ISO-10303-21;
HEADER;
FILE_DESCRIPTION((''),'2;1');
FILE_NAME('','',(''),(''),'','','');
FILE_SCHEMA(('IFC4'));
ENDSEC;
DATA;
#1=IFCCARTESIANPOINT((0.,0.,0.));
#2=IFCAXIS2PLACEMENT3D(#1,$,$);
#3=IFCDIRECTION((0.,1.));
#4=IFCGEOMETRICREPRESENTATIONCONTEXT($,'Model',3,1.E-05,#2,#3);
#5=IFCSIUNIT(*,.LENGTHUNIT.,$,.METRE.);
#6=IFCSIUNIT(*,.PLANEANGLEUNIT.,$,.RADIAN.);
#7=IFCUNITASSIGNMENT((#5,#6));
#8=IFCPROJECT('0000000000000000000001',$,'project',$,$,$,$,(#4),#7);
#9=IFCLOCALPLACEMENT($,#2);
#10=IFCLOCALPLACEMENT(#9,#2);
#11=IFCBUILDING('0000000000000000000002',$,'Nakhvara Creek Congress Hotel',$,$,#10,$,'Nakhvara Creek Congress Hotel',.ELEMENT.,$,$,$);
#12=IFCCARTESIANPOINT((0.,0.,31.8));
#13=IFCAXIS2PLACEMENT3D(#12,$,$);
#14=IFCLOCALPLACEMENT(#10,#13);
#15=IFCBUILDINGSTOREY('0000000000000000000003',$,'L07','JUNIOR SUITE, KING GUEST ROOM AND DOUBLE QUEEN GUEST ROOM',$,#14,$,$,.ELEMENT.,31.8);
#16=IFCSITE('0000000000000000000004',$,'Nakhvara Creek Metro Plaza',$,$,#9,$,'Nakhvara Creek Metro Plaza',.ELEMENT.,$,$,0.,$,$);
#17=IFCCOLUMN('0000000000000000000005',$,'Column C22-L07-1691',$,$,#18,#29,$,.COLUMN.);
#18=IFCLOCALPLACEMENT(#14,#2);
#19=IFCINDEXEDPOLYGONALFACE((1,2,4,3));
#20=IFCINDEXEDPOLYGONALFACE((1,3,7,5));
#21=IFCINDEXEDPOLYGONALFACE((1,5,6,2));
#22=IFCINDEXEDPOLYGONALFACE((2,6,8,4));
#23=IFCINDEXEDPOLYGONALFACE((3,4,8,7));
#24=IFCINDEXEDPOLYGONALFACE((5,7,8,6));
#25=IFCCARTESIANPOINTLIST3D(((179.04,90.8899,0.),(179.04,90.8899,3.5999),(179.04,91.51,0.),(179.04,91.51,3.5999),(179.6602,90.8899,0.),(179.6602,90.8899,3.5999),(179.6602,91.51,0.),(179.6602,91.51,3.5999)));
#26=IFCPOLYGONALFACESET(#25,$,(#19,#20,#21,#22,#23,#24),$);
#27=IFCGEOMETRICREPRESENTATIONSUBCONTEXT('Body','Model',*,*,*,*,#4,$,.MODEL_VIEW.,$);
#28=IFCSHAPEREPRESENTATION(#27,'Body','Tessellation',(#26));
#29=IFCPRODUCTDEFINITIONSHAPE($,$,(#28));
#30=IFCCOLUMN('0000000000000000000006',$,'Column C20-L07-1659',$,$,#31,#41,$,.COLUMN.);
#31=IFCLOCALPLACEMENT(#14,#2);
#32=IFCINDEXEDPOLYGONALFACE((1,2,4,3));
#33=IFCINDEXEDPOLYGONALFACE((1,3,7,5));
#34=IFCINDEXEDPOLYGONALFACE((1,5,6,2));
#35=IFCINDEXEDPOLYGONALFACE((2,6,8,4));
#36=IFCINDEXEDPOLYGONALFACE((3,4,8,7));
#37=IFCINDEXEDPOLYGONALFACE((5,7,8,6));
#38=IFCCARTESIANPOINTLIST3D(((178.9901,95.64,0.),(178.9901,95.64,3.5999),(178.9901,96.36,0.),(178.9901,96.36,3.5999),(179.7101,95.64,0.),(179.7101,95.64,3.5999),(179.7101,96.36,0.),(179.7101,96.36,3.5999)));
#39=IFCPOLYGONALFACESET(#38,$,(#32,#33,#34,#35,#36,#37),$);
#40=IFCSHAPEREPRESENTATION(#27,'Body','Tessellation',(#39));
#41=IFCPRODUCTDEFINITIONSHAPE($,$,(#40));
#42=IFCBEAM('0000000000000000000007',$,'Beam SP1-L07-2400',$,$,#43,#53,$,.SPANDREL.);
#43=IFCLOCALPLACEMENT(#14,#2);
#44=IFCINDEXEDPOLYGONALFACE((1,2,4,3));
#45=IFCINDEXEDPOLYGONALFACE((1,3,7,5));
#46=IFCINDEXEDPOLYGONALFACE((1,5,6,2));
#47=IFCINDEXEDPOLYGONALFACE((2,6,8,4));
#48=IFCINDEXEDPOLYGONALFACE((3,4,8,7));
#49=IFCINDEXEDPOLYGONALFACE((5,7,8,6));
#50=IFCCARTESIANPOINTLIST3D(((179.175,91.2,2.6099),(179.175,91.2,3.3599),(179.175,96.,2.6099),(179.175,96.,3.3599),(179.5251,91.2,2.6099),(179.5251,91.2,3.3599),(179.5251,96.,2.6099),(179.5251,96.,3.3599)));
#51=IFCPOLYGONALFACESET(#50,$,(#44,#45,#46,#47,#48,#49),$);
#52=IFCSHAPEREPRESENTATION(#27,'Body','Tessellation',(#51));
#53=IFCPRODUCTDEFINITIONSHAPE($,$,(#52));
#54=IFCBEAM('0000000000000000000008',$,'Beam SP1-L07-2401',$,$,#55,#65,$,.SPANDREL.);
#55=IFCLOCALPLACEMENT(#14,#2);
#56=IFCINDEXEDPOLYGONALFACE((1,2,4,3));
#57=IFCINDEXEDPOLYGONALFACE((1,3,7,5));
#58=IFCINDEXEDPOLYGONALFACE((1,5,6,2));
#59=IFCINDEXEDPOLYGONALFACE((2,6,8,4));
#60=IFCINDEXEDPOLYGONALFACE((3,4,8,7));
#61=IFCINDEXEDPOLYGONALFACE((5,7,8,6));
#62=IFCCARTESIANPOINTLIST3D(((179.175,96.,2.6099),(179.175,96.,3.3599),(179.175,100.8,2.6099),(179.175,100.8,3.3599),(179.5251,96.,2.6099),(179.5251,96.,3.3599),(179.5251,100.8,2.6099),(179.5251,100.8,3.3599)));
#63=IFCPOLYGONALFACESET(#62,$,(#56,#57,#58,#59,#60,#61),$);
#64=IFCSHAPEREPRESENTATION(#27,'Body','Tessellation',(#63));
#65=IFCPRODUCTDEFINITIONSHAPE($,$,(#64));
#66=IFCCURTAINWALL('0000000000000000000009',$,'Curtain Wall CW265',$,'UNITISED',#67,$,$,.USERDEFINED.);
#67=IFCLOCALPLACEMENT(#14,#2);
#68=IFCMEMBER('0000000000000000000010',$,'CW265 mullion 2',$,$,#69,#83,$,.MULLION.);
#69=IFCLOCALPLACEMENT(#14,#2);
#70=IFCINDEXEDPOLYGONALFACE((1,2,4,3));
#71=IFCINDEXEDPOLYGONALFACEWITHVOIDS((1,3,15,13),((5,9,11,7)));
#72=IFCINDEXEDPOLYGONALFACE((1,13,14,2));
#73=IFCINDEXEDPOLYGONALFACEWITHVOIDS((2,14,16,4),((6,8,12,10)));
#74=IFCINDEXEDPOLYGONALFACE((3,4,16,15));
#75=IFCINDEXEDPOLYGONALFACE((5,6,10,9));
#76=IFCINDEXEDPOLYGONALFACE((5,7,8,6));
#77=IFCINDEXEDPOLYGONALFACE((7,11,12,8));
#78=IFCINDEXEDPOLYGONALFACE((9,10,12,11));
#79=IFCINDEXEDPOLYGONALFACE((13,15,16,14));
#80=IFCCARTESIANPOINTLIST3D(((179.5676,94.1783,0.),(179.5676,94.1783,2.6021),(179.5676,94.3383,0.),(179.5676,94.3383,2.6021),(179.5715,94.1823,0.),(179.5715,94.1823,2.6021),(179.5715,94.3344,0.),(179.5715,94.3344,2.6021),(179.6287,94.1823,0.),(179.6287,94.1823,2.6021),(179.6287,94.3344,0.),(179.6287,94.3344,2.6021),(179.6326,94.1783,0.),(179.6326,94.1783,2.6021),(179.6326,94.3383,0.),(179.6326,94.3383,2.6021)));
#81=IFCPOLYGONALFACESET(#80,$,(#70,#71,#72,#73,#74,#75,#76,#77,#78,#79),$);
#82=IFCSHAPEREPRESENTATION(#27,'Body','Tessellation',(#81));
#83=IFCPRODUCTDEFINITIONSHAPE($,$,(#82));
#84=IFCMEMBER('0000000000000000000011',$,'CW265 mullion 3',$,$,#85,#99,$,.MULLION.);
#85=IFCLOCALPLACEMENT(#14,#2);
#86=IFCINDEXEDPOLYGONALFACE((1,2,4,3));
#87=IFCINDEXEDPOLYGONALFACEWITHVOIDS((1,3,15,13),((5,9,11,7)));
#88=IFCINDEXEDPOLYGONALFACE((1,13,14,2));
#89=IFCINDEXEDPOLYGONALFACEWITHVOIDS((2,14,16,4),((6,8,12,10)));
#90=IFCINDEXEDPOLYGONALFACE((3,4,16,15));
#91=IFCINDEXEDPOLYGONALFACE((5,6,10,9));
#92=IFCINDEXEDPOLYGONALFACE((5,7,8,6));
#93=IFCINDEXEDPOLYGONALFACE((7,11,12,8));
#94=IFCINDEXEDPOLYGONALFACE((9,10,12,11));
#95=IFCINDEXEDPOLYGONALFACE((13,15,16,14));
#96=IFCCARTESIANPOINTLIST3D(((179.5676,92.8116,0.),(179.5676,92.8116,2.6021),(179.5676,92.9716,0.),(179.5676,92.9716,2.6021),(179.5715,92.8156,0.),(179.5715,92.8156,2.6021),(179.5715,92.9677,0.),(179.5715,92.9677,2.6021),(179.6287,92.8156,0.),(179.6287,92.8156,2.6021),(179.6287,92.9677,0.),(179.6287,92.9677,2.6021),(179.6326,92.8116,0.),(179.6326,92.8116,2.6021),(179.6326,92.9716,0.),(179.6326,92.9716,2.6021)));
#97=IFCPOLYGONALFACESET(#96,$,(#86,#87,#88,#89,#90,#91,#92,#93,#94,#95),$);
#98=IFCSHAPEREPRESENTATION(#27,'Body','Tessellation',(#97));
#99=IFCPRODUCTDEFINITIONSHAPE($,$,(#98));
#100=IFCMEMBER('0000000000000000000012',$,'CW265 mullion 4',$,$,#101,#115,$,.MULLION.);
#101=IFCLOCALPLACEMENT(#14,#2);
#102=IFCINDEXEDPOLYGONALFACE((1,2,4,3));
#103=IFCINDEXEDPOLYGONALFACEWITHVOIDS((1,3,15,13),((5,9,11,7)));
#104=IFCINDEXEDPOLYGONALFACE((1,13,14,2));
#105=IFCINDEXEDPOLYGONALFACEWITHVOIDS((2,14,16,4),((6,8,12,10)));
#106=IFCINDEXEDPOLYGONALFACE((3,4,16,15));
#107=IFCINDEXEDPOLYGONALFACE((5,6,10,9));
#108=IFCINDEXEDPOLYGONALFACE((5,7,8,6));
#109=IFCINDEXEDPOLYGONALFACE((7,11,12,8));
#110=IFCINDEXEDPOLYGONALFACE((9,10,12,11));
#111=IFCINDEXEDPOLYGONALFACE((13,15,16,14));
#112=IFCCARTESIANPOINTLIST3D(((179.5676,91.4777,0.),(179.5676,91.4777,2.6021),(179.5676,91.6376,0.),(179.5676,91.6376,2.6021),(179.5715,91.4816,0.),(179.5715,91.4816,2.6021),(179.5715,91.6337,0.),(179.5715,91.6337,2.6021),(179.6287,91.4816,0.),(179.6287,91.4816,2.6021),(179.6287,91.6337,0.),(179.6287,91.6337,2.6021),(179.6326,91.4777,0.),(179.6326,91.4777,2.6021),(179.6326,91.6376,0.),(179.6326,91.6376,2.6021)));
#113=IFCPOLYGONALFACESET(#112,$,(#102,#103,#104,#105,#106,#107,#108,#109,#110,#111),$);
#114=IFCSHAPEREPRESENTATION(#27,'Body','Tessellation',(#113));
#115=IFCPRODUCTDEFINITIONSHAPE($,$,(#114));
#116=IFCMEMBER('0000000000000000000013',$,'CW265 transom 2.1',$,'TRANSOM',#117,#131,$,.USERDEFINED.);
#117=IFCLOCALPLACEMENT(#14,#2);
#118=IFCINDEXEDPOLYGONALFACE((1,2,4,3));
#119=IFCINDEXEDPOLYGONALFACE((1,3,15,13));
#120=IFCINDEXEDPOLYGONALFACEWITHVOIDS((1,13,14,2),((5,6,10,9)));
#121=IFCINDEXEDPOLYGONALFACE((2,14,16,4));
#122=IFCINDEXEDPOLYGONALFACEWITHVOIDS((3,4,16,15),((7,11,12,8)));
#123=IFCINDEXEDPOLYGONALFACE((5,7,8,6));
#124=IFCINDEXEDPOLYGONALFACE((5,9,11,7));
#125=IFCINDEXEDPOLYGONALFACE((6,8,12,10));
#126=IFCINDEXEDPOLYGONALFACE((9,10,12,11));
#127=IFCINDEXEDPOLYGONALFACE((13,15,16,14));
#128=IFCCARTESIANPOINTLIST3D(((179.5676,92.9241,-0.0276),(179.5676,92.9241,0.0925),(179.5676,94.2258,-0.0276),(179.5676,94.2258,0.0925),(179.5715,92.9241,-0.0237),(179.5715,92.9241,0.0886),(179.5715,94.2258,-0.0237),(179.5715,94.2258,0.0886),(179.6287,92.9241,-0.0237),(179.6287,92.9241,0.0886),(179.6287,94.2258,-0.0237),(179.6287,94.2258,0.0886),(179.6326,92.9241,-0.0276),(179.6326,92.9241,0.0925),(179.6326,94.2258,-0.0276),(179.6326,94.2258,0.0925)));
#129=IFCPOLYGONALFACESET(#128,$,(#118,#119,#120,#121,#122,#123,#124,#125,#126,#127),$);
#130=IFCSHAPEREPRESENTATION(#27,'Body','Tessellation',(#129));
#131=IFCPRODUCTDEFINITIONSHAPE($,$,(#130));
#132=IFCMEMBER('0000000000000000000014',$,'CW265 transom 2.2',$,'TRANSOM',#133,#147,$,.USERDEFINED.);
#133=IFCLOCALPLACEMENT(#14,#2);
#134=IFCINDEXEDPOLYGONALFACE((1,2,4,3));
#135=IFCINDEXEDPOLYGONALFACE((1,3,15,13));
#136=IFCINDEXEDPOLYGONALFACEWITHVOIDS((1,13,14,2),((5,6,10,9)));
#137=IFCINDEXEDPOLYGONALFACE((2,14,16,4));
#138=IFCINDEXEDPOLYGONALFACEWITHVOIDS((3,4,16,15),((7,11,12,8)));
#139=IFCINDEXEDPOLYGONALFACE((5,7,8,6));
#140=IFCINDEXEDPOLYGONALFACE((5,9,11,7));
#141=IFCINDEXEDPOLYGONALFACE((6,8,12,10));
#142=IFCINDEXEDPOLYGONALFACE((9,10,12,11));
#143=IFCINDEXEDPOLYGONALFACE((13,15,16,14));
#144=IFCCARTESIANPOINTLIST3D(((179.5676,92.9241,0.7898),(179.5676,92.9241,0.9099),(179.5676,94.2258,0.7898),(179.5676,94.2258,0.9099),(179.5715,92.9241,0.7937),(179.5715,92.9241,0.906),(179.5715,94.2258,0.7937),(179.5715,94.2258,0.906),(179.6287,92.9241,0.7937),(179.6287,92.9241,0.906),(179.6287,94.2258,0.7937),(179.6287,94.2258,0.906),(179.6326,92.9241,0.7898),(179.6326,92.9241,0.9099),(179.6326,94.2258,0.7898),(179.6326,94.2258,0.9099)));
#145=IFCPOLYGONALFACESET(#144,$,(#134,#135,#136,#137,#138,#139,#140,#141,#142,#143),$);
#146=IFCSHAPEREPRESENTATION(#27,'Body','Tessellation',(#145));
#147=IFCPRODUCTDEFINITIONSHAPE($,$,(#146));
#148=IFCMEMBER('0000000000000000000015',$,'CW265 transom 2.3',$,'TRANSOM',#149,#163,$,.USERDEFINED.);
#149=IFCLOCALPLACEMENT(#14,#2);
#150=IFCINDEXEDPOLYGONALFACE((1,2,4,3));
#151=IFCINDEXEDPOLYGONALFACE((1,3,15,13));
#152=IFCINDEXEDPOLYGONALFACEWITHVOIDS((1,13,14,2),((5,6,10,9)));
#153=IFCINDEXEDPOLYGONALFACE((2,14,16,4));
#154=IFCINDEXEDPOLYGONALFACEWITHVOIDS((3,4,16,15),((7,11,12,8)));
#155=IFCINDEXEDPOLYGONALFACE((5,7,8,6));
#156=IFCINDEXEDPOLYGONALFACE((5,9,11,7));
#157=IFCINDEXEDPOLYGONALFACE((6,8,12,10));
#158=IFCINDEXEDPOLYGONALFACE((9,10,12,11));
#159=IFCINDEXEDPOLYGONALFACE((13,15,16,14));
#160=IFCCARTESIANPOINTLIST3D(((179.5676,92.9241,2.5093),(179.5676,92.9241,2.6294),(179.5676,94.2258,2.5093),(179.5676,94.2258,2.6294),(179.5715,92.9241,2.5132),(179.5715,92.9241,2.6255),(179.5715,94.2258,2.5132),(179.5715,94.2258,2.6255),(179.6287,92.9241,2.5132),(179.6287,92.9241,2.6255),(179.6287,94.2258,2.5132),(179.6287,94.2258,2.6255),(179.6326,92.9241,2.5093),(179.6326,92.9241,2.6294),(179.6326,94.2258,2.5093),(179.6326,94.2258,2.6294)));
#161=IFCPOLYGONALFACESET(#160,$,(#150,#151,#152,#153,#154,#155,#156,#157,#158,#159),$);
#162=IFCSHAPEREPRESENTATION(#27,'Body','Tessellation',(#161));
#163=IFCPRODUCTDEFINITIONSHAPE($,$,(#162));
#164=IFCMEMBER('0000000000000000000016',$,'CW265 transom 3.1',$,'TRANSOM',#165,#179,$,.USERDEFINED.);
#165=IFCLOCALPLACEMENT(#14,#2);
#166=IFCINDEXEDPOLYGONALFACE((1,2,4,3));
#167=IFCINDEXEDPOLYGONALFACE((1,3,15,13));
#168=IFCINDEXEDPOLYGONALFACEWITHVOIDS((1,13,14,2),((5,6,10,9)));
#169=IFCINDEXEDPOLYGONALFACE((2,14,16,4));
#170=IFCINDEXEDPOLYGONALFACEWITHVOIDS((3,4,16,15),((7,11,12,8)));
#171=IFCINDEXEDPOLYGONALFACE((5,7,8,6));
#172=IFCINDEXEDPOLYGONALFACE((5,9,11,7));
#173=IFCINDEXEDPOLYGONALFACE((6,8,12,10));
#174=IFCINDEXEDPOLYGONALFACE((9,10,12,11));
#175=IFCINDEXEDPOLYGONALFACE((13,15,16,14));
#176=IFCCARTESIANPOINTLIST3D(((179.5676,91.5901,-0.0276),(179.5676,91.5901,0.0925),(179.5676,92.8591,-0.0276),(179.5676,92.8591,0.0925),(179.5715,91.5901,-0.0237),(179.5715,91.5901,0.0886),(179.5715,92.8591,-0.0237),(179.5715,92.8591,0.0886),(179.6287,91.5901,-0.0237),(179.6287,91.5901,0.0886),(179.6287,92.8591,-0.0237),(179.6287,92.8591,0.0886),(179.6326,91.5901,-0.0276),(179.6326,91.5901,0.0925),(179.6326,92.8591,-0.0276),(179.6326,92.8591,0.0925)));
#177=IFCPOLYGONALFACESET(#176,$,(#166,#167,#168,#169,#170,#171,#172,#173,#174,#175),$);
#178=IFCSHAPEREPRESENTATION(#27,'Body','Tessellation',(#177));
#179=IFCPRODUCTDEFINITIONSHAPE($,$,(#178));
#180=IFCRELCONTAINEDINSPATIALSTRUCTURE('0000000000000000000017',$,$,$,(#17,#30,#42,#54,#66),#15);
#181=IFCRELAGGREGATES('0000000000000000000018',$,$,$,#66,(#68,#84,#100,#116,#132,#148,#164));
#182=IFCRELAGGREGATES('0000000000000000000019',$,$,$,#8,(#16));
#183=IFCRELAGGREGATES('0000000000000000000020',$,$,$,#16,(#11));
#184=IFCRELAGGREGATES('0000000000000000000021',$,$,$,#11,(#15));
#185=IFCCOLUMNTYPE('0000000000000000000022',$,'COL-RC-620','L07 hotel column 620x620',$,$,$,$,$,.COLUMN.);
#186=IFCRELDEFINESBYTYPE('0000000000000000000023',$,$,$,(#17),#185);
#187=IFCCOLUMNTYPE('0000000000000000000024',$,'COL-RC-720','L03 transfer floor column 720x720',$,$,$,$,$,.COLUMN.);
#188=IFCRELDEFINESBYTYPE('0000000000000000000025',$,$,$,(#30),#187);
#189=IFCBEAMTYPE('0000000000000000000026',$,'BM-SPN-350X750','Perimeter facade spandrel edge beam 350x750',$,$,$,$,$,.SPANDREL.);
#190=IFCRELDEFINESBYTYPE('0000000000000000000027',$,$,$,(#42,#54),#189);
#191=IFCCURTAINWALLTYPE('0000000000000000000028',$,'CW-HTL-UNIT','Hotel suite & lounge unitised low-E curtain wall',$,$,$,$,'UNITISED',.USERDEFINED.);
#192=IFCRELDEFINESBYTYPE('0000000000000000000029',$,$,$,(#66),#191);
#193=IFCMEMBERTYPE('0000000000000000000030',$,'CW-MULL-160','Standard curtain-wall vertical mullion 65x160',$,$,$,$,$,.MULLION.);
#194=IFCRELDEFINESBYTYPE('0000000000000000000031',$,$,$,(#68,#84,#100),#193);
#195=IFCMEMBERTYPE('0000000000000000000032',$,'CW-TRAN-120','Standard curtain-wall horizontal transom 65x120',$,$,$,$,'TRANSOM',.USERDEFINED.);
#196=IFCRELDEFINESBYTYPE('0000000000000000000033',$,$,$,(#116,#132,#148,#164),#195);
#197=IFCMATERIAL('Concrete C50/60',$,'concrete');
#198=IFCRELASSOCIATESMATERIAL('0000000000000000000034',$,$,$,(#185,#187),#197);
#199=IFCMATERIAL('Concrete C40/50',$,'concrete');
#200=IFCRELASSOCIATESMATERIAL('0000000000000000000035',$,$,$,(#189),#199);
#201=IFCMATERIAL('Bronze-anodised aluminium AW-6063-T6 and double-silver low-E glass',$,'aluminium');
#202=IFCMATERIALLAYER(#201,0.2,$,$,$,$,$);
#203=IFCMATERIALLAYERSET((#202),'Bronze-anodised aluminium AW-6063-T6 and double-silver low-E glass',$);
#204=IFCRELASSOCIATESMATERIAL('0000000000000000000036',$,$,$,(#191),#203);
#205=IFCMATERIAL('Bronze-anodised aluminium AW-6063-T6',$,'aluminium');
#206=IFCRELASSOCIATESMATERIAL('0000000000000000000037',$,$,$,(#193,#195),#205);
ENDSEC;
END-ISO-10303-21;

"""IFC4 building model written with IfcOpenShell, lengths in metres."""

from ifc_helpers import new_model, si_unit, direction, frame, origin, origin_2d, place, context, subcontext, project, spatial, rectangle, hollow_rectangle, extrude, material, layer, layer_set, material_profile, profile_set, type_object, element, aggregate, save


model = new_model("IFC4")

# Units and contexts
model_context = context("Model", 3, precision=1e-05, world=origin(), true_north=direction((0.0, 1.0)))
body_context = subcontext(model_context, "Body", "Model", "MODEL_VIEW")
ifc_project = project(units=[si_unit("LENGTHUNIT", "METRE"), si_unit("PLANEANGLEUNIT", "RADIAN")], contexts=[model_context])

# Site, building, storey
site_placement = place(None, origin())
site = spatial("IfcSite", under=ifc_project, at=site_placement, Name="Nakhvara Creek Metro Plaza", LongName="Nakhvara Creek Metro Plaza", CompositionType="ELEMENT", RefElevation=0.0)
building_placement = place(site_placement, origin())
building = spatial("IfcBuilding", under=site, at=building_placement, Name="Nakhvara Creek Congress Hotel", LongName="Nakhvara Creek Congress Hotel", CompositionType="ELEMENT")
storey_placement = place(building_placement, frame((0.0, 0.0, 31.8)))
storey = spatial("IfcBuildingStorey", under=building, at=storey_placement, Name="L07", Description="JUNIOR SUITE, KING GUEST ROOM AND DOUBLE QUEEN GUEST ROOM", CompositionType="ELEMENT", Elevation=31.8)

# Columns
ifc_material_1 = material(Name="Concrete C50/60", Category="concrete")
ifc_material_profile_1 = material_profile(ifc_material_1, rectangle(XDim=0.6201, YDim=0.6201, at=origin_2d()), Name="RC-COL 620x620", Category="LoadBearing")
ifc_profile_set_1 = profile_set([ifc_material_profile_1], Name="Concrete C50/60")
column_type_1 = type_object("IfcColumnType", Name="COL-RC-620", Description="L07 hotel column 620x620", PredefinedType="COLUMN", material=ifc_profile_set_1)
column_1_placement = place(storey_placement, frame((179.3501, 91.2, 0.0), z_axis=(0.0, 0.0, 1.0), x_axis=(1.0, 0.0, 0.0)))
element("IfcColumn", 1, at=column_1_placement, inside=storey, type_object=column_type_1, Name="Column C22-L07-1691", PredefinedType="COLUMN", context=body_context, shape_type="SweptSolid", body=[
    extrude(rectangle(XDim=0.6201, YDim=0.6201, at=origin_2d()), origin(), (0.0, 0.0, 1.0), 3.5999),
])
ifc_material_profile_2 = material_profile(ifc_material_1, rectangle(XDim=0.72, YDim=0.72, at=origin_2d()), Name="RC-COL 720x720", Category="LoadBearing")
ifc_profile_set_2 = profile_set([ifc_material_profile_2], Name="Concrete C50/60")
column_type_2 = type_object("IfcColumnType", Name="COL-RC-720", Description="L03 transfer floor column 720x720", PredefinedType="COLUMN", material=ifc_profile_set_2)
column_2_placement = place(storey_placement, frame((179.3501, 96.0, 0.0), z_axis=(0.0, 0.0, 1.0), x_axis=(1.0, 0.0, 0.0)))
element("IfcColumn", 2, at=column_2_placement, inside=storey, type_object=column_type_2, Name="Column C20-L07-1659", PredefinedType="COLUMN", context=body_context, shape_type="SweptSolid", body=[
    extrude(rectangle(XDim=0.72, YDim=0.72, at=origin_2d()), origin(), (0.0, 0.0, 1.0), 3.5999),
])

# Beams
ifc_material_2 = material(Name="Concrete C40/50", Category="concrete")
ifc_material_profile_3 = material_profile(ifc_material_2, rectangle(XDim=0.3501, YDim=0.75, at=origin_2d()), Name="RC-SPANDREL 350x750", Category="LoadBearing")
ifc_profile_set_3 = profile_set([ifc_material_profile_3], Name="Concrete C40/50")
beam_type = type_object("IfcBeamType", Name="BM-SPN-350X750", Description="Perimeter facade spandrel edge beam 350x750", PredefinedType="SPANDREL", material=ifc_profile_set_3)
for number, where, z_axis, x_axis, name in (
    (3, (179.3501, 91.2, 2.9849), (0.0, 1.0, 0.0), (-1.0, 0.0, 0.0), "Beam SP1-L07-2400"),
    (4, (179.3501, 96.0, 2.9849), (0.0, 1.0, 0.0), (-1.0, 0.0, 0.0), "Beam SP1-L07-2401"),
):
    element("IfcBeam", number, at=place(storey_placement, frame(where, z_axis=z_axis, x_axis=x_axis)), inside=storey, type_object=beam_type, Name=name, PredefinedType="SPANDREL", context=body_context, shape_type="SweptSolid", body=[
        extrude(rectangle(XDim=0.3501, YDim=0.75, at=origin_2d()), origin(), (0.0, 0.0, 1.0), 4.8),
    ])

# Curtain wall, members
ifc_material_3 = material(Name="Bronze-anodised aluminium AW-6063-T6 and double-silver low-E glass", Category="aluminium")
ifc_layer_1 = layer(ifc_material_3, 0.2)
ifc_layer_set_1 = layer_set([ifc_layer_1], Name="Bronze-anodised aluminium AW-6063-T6 and double-silver low-E glass")
curtain_wall_type = type_object("IfcCurtainWallType", Name="CW-HTL-UNIT", Description="Hotel suite & lounge unitised low-E curtain wall", ElementType="UNITISED", PredefinedType="USERDEFINED", material=ifc_layer_set_1)
curtain_wall_placement = place(storey_placement, origin())
curtain_wall = element("IfcCurtainWall", 5, at=curtain_wall_placement, inside=storey, type_object=curtain_wall_type, Name="Curtain Wall CW265", ObjectType="UNITISED", PredefinedType="USERDEFINED")
ifc_material_4 = material(Name="Bronze-anodised aluminium AW-6063-T6", Category="aluminium")
ifc_material_profile_4 = material_profile(ifc_material_4, hollow_rectangle(XDim=0.0649, YDim=0.1599, WallThickness=0.0039, at=origin_2d()), Name="ALU-MULL 65x160x4", Category="LoadBearing")
ifc_profile_set_4 = profile_set([ifc_material_profile_4], Name="Bronze-anodised aluminium AW-6063-T6")
member_type_1 = type_object("IfcMemberType", Name="CW-MULL-160", Description="Standard curtain-wall vertical mullion 65x160", PredefinedType="MULLION", material=ifc_profile_set_4)
member_1_placement = place(storey_placement, frame((179.6001, 94.2583, 0.0), z_axis=(0.0, 0.0, 1.0), x_axis=(1.0, 0.0, 0.0)))
member_1 = element("IfcMember", 6, at=member_1_placement, type_object=member_type_1, Name="CW265 mullion 2", PredefinedType="MULLION", context=body_context, shape_type="SweptSolid", body=[
    extrude(hollow_rectangle(XDim=0.0649, YDim=0.1599, WallThickness=0.0039, at=origin_2d()), origin(), (0.0, 0.0, 1.0), 2.6021),
])
member_2_placement = place(storey_placement, frame((179.6001, 92.8916, 0.0), z_axis=(0.0, 0.0, 1.0), x_axis=(1.0, 0.0, 0.0)))
member_2 = element("IfcMember", 7, at=member_2_placement, type_object=member_type_1, Name="CW265 mullion 3", PredefinedType="MULLION", context=body_context, shape_type="SweptSolid", body=[
    extrude(hollow_rectangle(XDim=0.0649, YDim=0.1599, WallThickness=0.0039, at=origin_2d()), origin(), (0.0, 0.0, 1.0), 2.6021),
])
member_3_placement = place(storey_placement, frame((179.6001, 91.5576, 0.0), z_axis=(0.0, 0.0, 1.0), x_axis=(1.0, 0.0, 0.0)))
member_3 = element("IfcMember", 8, at=member_3_placement, type_object=member_type_1, Name="CW265 mullion 4", PredefinedType="MULLION", context=body_context, shape_type="SweptSolid", body=[
    extrude(hollow_rectangle(XDim=0.0649, YDim=0.1599, WallThickness=0.0039, at=origin_2d()), origin(), (0.0, 0.0, 1.0), 2.6021),
])
ifc_material_profile_5 = material_profile(ifc_material_4, hollow_rectangle(XDim=0.0649, YDim=0.1201, WallThickness=0.0039, at=origin_2d()), Name="ALU-TRAN 65x120x4", Category="LoadBearing")
ifc_profile_set_5 = profile_set([ifc_material_profile_5], Name="Bronze-anodised aluminium AW-6063-T6")
member_type_2 = type_object("IfcMemberType", Name="CW-TRAN-120", Description="Standard curtain-wall horizontal transom 65x120", ElementType="TRANSOM", PredefinedType="USERDEFINED", material=ifc_profile_set_5)
member_4_placement = place(storey_placement, frame((179.6001, 94.2258, 0.0325), z_axis=(0.0, -1.0, 0.0), x_axis=(1.0, 0.0, 0.0)))
member_4 = element("IfcMember", 9, at=member_4_placement, type_object=member_type_2, Name="CW265 transom 2.1", ObjectType="TRANSOM", PredefinedType="USERDEFINED", context=body_context, shape_type="SweptSolid", body=[
    extrude(hollow_rectangle(XDim=0.0649, YDim=0.1201, WallThickness=0.0039, at=origin_2d()), origin(), (0.0, 0.0, 1.0), 1.3018),
])
member_5_placement = place(storey_placement, frame((179.6001, 94.2258, 0.8499), z_axis=(0.0, -1.0, 0.0), x_axis=(1.0, 0.0, 0.0)))
member_5 = element("IfcMember", 10, at=member_5_placement, type_object=member_type_2, Name="CW265 transom 2.2", ObjectType="TRANSOM", PredefinedType="USERDEFINED", context=body_context, shape_type="SweptSolid", body=[
    extrude(hollow_rectangle(XDim=0.0649, YDim=0.1201, WallThickness=0.0039, at=origin_2d()), origin(), (0.0, 0.0, 1.0), 1.3018),
])
member_6_placement = place(storey_placement, frame((179.6001, 94.2258, 2.5693), z_axis=(0.0, -1.0, 0.0), x_axis=(1.0, 0.0, 0.0)))
member_6 = element("IfcMember", 11, at=member_6_placement, type_object=member_type_2, Name="CW265 transom 2.3", ObjectType="TRANSOM", PredefinedType="USERDEFINED", context=body_context, shape_type="SweptSolid", body=[
    extrude(hollow_rectangle(XDim=0.0649, YDim=0.1201, WallThickness=0.0039, at=origin_2d()), origin(), (0.0, 0.0, 1.0), 1.3018),
])
member_7_placement = place(storey_placement, frame((179.6001, 92.8591, 0.0325), z_axis=(0.0, -1.0, 0.0), x_axis=(1.0, 0.0, 0.0)))
member_7 = element("IfcMember", 12, at=member_7_placement, type_object=member_type_2, Name="CW265 transom 3.1", ObjectType="TRANSOM", PredefinedType="USERDEFINED", context=body_context, shape_type="SweptSolid", body=[
    extrude(hollow_rectangle(XDim=0.0649, YDim=0.1201, WallThickness=0.0039, at=origin_2d()), origin(), (0.0, 0.0, 1.0), 1.269),
])
aggregate(curtain_wall, [member_1, member_2, member_3, member_4, member_5, member_6, member_7])

save(model, "model.ifc")
